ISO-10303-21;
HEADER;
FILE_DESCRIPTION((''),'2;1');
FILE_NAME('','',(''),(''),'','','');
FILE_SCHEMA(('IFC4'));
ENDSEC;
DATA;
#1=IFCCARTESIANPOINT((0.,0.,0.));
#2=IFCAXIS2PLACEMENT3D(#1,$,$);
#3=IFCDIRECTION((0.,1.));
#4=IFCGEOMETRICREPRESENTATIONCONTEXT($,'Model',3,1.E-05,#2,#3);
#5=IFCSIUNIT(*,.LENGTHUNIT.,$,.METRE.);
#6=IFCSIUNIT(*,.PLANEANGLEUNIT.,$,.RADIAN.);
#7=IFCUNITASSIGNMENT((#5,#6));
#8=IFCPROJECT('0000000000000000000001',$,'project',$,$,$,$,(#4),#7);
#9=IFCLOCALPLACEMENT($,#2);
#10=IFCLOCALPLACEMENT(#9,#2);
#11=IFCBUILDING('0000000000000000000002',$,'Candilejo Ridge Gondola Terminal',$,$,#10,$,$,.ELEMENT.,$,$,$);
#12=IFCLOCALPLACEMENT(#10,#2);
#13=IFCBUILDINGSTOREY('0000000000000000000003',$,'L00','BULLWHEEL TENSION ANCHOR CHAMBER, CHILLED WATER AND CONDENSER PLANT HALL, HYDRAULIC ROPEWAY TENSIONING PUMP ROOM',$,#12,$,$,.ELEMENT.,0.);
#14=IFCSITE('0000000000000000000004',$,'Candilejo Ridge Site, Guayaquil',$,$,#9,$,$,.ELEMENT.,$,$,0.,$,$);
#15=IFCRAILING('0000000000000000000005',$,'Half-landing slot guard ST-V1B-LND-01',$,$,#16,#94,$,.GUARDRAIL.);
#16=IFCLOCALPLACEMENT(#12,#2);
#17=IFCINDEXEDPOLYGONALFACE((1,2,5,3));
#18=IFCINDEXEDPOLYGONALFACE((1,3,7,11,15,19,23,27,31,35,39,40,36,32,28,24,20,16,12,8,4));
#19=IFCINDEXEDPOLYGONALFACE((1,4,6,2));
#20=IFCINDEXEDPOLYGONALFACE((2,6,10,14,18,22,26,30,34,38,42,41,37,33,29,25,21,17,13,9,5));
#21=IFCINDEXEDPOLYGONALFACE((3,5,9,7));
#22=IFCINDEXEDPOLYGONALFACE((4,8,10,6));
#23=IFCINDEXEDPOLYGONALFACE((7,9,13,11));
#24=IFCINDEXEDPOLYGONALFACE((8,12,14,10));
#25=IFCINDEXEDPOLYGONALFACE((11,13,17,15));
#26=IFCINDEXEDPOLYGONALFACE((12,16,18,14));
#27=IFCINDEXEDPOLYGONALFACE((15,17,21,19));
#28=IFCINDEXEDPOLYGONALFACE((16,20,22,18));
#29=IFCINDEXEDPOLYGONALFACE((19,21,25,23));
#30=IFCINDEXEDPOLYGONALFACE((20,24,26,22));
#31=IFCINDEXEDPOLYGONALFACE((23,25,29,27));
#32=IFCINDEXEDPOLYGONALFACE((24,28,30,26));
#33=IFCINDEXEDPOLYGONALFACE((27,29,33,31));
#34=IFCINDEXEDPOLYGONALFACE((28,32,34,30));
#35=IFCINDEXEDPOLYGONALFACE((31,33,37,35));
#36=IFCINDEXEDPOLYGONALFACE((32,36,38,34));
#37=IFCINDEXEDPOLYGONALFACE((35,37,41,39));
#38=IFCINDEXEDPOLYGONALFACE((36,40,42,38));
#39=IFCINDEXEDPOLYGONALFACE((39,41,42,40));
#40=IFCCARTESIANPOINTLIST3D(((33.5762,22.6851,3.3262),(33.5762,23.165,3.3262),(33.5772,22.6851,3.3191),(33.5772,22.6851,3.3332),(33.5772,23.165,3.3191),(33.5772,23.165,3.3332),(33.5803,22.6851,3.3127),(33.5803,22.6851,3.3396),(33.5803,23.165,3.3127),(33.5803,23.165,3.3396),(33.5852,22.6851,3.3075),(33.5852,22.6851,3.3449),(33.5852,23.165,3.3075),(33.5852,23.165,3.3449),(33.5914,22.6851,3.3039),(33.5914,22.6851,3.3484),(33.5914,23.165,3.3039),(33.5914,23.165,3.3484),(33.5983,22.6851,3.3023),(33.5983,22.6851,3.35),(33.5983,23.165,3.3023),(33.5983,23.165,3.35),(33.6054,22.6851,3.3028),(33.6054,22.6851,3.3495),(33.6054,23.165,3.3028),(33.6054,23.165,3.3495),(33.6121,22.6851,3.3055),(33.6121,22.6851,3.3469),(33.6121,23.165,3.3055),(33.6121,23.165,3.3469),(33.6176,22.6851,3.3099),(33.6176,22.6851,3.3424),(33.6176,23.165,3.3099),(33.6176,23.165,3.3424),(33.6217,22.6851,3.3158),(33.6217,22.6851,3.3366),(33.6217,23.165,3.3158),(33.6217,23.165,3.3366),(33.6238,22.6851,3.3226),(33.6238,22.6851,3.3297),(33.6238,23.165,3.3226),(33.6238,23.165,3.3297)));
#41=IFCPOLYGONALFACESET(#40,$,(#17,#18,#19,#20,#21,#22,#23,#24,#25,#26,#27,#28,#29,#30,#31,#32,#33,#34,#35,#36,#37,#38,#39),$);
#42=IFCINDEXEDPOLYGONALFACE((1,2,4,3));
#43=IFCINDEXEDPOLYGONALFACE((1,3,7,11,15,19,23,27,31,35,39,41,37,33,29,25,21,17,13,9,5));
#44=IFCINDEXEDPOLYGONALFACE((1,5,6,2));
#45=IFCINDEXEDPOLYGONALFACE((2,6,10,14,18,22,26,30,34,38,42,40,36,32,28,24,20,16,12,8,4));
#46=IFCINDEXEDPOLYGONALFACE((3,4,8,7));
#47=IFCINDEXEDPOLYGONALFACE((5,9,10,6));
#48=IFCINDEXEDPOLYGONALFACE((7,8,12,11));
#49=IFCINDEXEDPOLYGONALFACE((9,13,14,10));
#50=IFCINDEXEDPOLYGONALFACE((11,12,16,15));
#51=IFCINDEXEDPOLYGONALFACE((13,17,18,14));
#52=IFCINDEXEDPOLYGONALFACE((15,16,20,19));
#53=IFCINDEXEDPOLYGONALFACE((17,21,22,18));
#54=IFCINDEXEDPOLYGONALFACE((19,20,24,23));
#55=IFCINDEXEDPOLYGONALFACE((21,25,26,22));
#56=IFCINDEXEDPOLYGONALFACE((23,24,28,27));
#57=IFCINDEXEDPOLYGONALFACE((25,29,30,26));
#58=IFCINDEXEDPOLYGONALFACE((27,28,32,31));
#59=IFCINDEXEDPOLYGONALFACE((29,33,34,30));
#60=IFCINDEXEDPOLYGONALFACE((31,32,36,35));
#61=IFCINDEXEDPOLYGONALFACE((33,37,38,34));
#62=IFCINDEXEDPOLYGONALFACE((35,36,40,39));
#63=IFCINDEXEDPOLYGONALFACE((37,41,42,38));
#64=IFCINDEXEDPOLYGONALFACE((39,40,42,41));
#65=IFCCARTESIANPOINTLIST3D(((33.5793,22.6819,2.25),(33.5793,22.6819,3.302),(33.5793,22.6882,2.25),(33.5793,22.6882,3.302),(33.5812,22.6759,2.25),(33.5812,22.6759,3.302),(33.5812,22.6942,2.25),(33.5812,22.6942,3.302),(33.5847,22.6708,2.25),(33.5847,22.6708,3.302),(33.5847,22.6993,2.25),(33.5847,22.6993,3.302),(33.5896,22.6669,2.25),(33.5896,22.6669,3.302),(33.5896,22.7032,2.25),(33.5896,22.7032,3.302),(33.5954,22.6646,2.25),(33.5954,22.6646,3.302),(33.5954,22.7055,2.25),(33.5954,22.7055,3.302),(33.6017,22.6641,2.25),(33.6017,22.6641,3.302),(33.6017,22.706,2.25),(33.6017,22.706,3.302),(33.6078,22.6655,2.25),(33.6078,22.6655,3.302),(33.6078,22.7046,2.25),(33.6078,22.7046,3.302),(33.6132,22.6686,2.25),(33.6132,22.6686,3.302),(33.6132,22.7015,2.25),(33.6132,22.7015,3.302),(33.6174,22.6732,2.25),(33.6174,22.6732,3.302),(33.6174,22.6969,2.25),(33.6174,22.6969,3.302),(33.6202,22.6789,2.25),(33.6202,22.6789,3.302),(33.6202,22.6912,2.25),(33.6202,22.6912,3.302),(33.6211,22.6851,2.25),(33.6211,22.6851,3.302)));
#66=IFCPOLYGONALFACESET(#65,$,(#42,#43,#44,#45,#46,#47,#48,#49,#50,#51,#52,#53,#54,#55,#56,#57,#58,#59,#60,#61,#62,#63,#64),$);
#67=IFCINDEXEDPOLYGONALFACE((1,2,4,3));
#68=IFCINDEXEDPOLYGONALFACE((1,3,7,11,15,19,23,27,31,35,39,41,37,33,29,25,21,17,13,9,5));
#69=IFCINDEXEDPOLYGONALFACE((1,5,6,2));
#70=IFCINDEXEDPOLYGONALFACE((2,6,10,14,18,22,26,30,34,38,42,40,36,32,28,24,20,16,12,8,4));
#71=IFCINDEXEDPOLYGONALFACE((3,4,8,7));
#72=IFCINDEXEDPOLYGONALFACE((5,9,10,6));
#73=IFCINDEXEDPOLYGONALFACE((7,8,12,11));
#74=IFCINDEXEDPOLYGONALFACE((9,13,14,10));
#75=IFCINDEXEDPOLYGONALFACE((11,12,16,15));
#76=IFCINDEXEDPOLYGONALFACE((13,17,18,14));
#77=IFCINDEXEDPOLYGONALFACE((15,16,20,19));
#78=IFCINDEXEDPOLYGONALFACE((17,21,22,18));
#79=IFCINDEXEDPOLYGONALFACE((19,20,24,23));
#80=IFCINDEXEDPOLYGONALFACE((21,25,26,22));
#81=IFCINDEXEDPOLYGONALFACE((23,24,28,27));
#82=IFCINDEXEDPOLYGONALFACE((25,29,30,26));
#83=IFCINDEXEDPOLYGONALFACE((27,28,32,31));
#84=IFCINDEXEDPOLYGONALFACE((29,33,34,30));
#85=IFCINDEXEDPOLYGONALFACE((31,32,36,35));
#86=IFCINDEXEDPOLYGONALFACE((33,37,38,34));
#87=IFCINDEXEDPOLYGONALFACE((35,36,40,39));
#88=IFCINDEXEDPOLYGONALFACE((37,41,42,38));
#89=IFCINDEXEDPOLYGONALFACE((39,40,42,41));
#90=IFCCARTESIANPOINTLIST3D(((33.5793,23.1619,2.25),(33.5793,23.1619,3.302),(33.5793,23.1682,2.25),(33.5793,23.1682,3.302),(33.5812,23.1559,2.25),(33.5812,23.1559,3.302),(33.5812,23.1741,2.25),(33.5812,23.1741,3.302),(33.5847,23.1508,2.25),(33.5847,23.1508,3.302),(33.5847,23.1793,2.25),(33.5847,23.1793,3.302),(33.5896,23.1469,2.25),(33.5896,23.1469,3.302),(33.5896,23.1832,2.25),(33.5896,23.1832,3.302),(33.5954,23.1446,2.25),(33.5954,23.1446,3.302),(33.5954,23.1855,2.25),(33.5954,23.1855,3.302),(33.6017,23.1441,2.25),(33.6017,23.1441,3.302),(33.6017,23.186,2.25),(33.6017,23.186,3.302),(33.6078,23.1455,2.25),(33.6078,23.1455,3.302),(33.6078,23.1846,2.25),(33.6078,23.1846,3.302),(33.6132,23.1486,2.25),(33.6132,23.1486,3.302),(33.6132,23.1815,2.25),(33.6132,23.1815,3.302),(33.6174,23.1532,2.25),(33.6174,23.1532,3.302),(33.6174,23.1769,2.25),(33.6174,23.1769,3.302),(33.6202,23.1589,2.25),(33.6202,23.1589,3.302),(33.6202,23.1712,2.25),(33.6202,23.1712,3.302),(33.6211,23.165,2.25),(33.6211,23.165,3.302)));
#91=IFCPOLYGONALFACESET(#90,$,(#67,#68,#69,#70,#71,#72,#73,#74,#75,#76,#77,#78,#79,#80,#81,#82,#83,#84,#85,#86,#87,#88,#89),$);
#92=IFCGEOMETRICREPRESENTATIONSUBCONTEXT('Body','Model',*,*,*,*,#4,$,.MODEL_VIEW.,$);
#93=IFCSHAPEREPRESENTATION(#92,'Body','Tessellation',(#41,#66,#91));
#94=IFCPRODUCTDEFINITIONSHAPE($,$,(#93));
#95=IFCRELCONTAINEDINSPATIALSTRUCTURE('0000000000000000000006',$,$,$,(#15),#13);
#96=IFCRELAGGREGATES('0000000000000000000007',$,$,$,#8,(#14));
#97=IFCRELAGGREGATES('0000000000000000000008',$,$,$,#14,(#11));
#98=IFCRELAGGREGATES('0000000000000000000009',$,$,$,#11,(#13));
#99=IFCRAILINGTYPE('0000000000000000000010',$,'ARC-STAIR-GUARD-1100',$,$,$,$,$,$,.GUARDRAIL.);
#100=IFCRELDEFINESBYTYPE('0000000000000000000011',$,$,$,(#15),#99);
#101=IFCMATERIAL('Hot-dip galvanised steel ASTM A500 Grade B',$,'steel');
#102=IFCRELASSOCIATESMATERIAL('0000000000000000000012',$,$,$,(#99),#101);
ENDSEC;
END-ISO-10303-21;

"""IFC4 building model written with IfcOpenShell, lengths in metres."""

from ifc_helpers import new_model, si_unit, direction, frame, origin, origin_2d, place, context, subcontext, project, spatial, circle, extrude, material, type_object, element, save


model = new_model("IFC4")

# Units and contexts
model_context = context("Model", 3, precision=1e-05, world=origin(), true_north=direction((0.0, 1.0)))
body_context = subcontext(model_context, "Body", "Model", "MODEL_VIEW")
ifc_project = project(units=[si_unit("LENGTHUNIT", "METRE"), si_unit("PLANEANGLEUNIT", "RADIAN")], contexts=[model_context])

# Site, building, storey
site_placement = place(None, origin())
site = spatial("IfcSite", under=ifc_project, at=site_placement, Name="Candilejo Ridge Site, Guayaquil", CompositionType="ELEMENT", RefElevation=0.0)
building_placement = place(site_placement, origin())
building = spatial("IfcBuilding", under=site, at=building_placement, Name="Candilejo Ridge Gondola Terminal", CompositionType="ELEMENT")
storey_placement = place(building_placement, origin())
storey = spatial("IfcBuildingStorey", under=building, at=storey_placement, Name="L00", Description="BULLWHEEL TENSION ANCHOR CHAMBER, CHILLED WATER AND CONDENSER PLANT HALL, HYDRAULIC ROPEWAY TENSIONING PUMP ROOM", CompositionType="ELEMENT", Elevation=0.0)

# Railing
ifc_material_1 = material(Name="Hot-dip galvanised steel ASTM A500 Grade B", Category="steel")
railing_type_1 = type_object("IfcRailingType", Name="ARC-STAIR-GUARD-1100", PredefinedType="GUARDRAIL", material=ifc_material_1)
railing_1_placement = place(storey_placement, frame((33.6001, 22.6851, 2.25)))
element("IfcRailing", 1, at=railing_1_placement, inside=storey, type_object=railing_type_1, Name="Half-landing slot guard ST-V1B-LND-01", PredefinedType="GUARDRAIL", context=body_context, shape_type="SweptSolid", body=[
    extrude(circle(Radius=0.0239, at=origin_2d()), frame((0.0, 0.0, 1.0762), z_axis=(0.0, 1.0, 0.0), x_axis=(-1.0, 0.0, 0.0)), (0.0, 0.0, 1.0), 0.48),
    extrude(circle(Radius=0.021, at=origin_2d()), origin(), (0.0, 0.0, 1.0), 1.052),
    extrude(circle(Radius=0.021, at=origin_2d()), frame((0.0, 0.48, 0.0)), (0.0, 0.0, 1.0), 1.052),
])

save(model, "model.ifc")
